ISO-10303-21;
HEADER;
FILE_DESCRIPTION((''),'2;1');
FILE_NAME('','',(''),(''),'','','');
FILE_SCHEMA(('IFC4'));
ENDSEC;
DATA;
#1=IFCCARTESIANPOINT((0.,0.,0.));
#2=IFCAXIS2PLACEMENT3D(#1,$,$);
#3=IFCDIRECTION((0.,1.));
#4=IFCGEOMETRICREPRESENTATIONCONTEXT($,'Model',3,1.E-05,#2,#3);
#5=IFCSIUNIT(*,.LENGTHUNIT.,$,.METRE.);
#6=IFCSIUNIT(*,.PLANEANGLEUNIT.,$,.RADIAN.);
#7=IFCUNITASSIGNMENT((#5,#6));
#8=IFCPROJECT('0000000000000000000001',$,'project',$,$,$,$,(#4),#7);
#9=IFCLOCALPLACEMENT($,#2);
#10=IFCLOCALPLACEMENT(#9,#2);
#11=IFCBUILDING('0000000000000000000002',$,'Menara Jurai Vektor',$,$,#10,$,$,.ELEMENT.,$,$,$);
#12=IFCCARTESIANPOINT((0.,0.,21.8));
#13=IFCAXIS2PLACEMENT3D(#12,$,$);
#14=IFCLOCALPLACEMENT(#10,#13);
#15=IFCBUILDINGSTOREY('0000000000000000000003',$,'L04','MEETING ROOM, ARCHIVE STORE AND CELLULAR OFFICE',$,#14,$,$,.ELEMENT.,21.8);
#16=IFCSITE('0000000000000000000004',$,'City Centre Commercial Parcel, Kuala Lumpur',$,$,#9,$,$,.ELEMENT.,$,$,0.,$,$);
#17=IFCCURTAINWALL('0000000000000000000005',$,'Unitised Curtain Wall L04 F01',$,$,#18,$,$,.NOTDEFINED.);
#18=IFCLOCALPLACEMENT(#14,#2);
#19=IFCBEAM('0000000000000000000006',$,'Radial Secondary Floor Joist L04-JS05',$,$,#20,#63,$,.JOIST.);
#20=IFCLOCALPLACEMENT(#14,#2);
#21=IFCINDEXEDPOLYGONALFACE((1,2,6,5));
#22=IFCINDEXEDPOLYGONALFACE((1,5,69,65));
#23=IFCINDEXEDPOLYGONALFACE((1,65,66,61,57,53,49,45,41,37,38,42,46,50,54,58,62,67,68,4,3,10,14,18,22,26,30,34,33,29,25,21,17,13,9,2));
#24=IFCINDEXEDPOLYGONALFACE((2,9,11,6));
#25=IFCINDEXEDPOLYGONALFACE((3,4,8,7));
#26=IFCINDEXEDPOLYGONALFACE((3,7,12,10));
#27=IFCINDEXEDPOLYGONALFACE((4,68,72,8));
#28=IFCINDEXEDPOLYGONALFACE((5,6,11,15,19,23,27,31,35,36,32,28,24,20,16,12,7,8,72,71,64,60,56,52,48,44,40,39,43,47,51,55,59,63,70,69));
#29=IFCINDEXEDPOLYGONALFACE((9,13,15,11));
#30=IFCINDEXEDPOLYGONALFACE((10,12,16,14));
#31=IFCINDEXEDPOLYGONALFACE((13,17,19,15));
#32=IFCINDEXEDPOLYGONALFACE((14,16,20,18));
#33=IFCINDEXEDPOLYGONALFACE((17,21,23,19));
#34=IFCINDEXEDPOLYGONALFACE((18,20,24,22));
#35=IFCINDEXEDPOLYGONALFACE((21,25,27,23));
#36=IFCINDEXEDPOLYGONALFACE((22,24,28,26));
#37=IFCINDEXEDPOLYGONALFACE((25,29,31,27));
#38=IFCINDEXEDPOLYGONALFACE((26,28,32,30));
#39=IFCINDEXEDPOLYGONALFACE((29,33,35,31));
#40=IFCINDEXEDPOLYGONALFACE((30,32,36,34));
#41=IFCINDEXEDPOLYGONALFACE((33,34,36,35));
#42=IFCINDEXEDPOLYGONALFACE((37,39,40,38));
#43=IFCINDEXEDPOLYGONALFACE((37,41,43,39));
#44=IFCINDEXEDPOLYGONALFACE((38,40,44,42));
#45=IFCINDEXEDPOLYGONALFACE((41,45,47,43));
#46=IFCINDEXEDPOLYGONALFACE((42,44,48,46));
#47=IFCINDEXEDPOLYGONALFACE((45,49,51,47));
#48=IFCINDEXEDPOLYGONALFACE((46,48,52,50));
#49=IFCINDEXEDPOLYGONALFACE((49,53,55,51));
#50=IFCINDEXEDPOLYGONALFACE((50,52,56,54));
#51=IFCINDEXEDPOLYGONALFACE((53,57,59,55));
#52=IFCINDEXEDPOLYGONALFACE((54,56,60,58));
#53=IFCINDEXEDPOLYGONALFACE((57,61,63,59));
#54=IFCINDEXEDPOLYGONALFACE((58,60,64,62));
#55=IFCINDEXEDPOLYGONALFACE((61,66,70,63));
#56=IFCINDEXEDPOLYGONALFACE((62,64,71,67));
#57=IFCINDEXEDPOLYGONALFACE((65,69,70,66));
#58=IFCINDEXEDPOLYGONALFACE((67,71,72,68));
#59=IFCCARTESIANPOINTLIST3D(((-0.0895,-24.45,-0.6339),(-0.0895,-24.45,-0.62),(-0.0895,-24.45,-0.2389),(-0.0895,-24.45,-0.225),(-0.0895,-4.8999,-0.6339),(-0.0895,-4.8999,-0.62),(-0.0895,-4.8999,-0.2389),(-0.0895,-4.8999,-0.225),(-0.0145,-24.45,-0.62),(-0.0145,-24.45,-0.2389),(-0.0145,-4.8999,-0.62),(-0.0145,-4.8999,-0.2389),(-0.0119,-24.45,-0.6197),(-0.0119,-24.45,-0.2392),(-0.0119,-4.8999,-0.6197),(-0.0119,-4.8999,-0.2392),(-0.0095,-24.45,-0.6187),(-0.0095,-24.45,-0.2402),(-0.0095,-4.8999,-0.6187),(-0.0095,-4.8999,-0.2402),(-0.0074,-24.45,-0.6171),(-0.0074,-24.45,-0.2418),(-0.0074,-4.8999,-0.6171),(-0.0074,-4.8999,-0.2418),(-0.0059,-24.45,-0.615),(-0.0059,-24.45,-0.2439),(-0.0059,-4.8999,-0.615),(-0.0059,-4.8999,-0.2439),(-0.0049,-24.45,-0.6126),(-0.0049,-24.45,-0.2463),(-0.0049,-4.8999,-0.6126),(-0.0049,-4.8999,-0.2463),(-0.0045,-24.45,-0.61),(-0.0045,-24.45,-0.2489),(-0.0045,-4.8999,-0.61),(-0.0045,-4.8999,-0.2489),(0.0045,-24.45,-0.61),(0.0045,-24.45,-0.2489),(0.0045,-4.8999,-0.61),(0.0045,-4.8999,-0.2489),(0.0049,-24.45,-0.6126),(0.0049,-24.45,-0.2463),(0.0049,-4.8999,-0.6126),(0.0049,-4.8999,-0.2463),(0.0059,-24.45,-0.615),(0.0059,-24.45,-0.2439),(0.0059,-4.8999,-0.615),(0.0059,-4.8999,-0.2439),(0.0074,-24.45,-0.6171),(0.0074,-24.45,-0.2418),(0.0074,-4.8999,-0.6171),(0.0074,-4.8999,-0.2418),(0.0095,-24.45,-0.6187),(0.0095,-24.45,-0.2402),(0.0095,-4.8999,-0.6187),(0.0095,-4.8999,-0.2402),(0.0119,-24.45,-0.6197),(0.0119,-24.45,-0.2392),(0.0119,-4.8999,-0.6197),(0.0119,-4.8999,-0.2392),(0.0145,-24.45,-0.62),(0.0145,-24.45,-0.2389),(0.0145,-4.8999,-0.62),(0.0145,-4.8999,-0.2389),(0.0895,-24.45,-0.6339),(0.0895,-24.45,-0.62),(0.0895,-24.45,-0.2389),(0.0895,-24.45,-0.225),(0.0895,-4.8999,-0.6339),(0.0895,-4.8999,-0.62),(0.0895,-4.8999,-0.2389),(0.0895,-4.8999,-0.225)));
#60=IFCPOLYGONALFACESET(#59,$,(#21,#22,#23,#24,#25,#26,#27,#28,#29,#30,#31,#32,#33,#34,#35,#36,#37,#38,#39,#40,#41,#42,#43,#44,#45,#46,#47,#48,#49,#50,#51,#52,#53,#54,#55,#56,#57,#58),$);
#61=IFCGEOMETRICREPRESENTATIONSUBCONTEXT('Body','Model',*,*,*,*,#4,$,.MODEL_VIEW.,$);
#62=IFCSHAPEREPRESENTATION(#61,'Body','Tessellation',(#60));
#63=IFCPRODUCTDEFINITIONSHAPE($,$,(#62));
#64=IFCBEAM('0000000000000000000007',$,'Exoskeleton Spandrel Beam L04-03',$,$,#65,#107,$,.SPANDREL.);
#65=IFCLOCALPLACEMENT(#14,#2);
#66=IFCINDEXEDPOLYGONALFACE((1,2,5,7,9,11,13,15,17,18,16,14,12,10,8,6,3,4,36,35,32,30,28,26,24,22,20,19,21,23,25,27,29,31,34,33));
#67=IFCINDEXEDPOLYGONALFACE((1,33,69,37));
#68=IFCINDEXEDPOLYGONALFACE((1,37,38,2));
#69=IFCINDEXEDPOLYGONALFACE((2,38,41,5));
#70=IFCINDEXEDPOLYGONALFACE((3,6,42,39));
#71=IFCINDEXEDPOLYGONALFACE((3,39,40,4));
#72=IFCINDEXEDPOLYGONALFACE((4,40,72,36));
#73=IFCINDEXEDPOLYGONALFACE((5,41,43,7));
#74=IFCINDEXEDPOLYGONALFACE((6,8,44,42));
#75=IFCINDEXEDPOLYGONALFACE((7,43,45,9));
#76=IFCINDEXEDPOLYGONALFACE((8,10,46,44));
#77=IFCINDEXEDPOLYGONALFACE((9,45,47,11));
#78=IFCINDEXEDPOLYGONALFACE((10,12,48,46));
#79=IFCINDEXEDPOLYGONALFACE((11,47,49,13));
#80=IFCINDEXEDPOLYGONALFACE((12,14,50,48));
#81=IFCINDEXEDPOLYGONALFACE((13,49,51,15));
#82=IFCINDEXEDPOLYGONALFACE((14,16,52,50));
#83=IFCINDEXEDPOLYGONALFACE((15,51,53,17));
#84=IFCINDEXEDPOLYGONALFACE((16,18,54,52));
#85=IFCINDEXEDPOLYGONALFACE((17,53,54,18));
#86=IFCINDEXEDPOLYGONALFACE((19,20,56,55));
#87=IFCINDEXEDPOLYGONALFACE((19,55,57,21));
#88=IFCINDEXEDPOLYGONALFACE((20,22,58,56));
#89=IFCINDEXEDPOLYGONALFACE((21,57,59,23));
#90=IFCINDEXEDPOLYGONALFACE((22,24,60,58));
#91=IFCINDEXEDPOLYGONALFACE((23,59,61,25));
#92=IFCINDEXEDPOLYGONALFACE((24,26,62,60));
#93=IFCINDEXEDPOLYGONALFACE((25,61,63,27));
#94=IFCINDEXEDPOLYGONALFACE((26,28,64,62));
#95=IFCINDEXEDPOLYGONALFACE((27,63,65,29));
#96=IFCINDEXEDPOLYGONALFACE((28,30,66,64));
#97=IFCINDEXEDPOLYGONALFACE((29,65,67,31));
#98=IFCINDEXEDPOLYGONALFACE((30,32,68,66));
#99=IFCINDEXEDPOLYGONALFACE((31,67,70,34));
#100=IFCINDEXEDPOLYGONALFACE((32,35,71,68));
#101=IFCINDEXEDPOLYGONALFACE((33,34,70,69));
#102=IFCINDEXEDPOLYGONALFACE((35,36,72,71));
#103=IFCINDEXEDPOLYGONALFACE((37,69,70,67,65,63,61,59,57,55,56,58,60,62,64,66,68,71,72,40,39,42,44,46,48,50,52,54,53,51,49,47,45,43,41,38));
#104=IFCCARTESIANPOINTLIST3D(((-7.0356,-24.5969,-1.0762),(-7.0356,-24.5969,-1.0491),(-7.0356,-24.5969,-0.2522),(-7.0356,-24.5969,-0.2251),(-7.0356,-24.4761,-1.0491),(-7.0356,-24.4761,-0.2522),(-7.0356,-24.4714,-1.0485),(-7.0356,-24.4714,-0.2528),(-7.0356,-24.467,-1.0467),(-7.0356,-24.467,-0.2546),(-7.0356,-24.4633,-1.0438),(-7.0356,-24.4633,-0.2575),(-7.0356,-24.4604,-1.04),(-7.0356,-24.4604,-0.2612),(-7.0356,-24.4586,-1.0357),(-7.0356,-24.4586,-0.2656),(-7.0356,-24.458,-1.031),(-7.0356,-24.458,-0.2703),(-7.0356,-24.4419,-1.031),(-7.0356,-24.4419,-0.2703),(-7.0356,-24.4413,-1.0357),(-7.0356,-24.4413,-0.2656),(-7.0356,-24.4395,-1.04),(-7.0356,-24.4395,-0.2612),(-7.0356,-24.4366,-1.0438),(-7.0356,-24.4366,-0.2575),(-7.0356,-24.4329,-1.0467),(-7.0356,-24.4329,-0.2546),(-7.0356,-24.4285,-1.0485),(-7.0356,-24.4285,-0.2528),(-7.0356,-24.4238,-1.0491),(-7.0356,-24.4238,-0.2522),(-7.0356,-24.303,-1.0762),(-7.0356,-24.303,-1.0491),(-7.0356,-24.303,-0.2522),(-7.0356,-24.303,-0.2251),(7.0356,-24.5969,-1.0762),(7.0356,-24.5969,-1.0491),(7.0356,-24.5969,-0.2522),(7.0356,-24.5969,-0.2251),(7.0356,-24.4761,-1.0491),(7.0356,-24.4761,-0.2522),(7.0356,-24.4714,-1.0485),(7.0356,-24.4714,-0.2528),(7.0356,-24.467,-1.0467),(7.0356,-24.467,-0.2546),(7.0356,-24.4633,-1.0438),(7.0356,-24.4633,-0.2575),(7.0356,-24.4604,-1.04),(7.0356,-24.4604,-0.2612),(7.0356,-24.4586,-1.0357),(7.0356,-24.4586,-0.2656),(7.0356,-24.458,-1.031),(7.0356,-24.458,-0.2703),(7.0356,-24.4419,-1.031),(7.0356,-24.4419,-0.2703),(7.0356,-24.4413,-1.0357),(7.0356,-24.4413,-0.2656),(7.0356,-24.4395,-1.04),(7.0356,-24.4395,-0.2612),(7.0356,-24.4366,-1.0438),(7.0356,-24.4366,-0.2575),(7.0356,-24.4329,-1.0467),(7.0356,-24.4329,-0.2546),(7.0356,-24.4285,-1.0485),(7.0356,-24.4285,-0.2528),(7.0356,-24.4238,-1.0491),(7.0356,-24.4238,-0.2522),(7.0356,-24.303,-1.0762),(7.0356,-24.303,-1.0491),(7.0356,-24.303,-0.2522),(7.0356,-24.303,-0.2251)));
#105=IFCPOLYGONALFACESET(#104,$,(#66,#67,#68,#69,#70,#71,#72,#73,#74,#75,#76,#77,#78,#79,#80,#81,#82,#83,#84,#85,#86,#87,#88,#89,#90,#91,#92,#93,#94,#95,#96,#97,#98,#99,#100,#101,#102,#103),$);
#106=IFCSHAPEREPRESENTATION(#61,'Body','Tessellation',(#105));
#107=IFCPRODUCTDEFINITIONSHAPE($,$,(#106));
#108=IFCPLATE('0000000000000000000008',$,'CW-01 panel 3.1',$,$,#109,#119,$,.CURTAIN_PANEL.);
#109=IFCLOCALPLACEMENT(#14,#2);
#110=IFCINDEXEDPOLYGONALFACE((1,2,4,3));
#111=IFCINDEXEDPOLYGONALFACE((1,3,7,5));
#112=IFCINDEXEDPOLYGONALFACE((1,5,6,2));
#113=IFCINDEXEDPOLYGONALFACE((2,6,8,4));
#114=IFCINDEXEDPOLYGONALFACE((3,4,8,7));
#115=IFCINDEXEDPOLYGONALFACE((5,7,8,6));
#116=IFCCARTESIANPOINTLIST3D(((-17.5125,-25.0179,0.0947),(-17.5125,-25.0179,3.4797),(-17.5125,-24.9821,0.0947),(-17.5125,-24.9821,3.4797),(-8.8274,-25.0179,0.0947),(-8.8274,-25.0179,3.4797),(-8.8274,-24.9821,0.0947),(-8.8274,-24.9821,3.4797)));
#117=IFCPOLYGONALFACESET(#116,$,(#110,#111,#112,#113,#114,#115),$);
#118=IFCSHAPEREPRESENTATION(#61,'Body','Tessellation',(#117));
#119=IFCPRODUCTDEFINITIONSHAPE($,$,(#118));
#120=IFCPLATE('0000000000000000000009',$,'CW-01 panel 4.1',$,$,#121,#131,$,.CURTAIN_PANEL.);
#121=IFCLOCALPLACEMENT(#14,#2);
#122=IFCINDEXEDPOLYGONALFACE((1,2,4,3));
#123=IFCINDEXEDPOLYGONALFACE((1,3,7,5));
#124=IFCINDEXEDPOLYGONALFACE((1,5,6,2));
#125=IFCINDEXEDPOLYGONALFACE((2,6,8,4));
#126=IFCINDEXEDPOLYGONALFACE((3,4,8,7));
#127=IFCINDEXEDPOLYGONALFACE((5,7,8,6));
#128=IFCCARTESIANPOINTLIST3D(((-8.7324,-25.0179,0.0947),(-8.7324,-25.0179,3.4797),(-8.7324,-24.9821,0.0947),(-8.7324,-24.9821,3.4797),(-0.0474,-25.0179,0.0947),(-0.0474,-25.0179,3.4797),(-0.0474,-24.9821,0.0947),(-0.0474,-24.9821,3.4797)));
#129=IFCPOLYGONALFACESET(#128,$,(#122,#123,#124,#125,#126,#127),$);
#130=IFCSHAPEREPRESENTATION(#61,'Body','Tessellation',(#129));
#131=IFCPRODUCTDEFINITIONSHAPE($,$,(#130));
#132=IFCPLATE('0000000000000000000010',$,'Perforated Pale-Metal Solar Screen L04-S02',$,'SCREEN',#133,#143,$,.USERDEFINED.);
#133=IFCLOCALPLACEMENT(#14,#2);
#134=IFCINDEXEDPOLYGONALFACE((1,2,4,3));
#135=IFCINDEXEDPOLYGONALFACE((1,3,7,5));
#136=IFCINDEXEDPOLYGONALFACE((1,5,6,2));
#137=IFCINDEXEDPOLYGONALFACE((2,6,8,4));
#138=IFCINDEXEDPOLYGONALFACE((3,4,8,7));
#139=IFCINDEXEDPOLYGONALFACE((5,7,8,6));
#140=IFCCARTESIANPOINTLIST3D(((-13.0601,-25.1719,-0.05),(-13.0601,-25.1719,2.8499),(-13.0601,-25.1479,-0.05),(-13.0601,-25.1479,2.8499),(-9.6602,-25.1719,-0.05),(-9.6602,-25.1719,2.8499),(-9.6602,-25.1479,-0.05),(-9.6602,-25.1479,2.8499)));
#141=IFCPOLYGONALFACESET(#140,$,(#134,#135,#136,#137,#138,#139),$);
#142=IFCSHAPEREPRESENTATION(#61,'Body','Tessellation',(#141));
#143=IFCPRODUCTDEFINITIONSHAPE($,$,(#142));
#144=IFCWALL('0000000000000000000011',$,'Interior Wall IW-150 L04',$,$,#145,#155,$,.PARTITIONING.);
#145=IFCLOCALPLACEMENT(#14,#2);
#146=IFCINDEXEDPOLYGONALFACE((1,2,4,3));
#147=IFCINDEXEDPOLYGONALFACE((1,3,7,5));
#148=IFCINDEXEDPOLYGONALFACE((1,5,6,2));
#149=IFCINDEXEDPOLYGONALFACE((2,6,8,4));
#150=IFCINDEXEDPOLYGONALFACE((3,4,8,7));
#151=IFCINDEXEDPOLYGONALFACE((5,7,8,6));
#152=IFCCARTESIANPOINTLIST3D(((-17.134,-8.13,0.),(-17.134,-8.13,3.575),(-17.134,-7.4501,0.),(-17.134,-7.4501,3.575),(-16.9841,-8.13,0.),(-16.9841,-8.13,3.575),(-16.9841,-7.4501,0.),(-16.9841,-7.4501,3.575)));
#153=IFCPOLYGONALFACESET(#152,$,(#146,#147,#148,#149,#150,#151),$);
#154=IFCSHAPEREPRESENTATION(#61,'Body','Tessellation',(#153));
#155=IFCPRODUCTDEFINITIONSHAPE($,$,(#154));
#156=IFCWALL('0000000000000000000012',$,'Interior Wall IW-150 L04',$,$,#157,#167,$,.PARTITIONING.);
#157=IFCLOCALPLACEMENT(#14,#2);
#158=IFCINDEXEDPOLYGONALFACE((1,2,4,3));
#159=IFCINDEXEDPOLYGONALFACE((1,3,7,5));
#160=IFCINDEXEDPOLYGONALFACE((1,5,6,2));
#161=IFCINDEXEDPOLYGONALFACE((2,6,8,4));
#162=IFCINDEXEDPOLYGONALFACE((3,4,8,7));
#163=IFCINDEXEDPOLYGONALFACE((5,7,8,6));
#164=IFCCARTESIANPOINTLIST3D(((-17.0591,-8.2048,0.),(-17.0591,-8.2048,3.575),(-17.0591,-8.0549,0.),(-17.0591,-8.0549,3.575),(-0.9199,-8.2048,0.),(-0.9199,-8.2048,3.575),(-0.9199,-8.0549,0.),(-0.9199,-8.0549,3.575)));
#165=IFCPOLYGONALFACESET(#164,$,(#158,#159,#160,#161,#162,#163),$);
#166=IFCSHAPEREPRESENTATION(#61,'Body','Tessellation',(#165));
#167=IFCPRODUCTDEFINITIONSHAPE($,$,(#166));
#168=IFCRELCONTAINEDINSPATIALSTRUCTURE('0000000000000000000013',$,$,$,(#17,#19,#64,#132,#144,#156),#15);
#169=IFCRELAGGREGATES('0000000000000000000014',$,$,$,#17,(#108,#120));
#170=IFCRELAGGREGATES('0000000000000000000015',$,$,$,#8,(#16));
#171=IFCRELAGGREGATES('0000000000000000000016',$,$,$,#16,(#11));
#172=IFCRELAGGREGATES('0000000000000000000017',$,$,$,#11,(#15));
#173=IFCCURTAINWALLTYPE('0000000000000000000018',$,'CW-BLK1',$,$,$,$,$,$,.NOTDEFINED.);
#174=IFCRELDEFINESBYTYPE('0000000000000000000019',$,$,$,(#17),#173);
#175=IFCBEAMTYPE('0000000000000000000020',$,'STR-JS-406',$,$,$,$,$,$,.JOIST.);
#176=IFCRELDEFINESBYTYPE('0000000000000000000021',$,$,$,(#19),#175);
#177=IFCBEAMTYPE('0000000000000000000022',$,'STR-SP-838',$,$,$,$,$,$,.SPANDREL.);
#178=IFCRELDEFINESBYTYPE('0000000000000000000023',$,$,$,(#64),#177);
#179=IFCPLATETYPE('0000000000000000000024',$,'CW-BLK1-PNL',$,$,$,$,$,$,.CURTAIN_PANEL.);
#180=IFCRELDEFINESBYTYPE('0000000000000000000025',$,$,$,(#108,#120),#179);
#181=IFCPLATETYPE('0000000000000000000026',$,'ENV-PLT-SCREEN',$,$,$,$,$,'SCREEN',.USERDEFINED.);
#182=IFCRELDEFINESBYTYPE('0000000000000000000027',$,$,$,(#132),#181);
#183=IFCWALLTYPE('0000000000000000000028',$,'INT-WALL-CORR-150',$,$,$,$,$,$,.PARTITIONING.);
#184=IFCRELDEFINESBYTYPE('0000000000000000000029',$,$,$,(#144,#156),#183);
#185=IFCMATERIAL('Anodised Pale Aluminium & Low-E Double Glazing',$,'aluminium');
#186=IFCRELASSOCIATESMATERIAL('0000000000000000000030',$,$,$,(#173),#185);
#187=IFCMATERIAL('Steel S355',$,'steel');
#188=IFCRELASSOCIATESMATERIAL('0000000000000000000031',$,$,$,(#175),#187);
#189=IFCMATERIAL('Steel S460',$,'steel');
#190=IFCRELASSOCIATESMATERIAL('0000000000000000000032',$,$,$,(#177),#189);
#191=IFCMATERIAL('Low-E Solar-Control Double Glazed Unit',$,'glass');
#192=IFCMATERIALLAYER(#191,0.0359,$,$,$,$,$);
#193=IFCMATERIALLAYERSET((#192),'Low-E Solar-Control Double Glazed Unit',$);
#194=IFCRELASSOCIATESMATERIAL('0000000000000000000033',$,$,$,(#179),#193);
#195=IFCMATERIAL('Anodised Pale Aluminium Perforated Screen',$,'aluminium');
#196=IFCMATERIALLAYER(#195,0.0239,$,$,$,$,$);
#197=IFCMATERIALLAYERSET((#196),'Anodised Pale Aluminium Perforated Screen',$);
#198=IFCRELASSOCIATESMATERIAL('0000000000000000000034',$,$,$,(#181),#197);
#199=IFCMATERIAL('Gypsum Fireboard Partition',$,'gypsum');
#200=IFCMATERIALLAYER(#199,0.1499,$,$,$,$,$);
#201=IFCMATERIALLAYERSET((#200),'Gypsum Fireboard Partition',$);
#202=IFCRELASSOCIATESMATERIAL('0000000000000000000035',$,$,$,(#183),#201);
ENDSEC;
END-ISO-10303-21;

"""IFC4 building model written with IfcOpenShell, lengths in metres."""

from ifc_helpers import new_model, si_unit, direction, frame, frame_2d, origin, origin_2d, place, context, subcontext, project, spatial, rectangle, i_section, extrude, material, layer, layer_set, material_profile, profile_set, type_object, element, aggregate, save


model = new_model("IFC4")

# Units and contexts
model_context = context("Model", 3, precision=1e-05, world=origin(), true_north=direction((0.0, 1.0)))
body_context = subcontext(model_context, "Body", "Model", "MODEL_VIEW")
ifc_project = project(units=[si_unit("LENGTHUNIT", "METRE"), si_unit("PLANEANGLEUNIT", "RADIAN")], contexts=[model_context])

# Site, building, storey
site_placement = place(None, origin())
site = spatial("IfcSite", under=ifc_project, at=site_placement, Name="City Centre Commercial Parcel, Kuala Lumpur", CompositionType="ELEMENT", RefElevation=0.0)
building_placement = place(site_placement, origin())
building = spatial("IfcBuilding", under=site, at=building_placement, Name="Menara Jurai Vektor", CompositionType="ELEMENT")
storey_placement = place(building_placement, frame((0.0, 0.0, 21.8)))
storey = spatial("IfcBuildingStorey", under=building, at=storey_placement, Name="L04", Description="MEETING ROOM, ARCHIVE STORE AND CELLULAR OFFICE", CompositionType="ELEMENT", Elevation=21.8)

# Shared definitions
ifc_material_1 = material(Name="Steel S460", Category="steel")

# Curtain wall
ifc_material_2 = material(Name="Anodised Pale Aluminium & Low-E Double Glazing", Category="aluminium")
curtain_wall_type = type_object("IfcCurtainWallType", Name="CW-BLK1", PredefinedType="NOTDEFINED", material=ifc_material_2)
curtain_wall_placement = place(storey_placement, origin())
curtain_wall = element("IfcCurtainWall", 1, at=curtain_wall_placement, inside=storey, type_object=curtain_wall_type, Name="Unitised Curtain Wall L04 F01", PredefinedType="NOTDEFINED")

# Beams
ifc_material_3 = material(Name="Steel S355", Category="steel")
ifc_material_profile_1 = material_profile(ifc_material_3, i_section(OverallWidth=0.179, OverallDepth=0.4089, WebThickness=0.009, FlangeThickness=0.0139, FilletRadius=0.01, at=origin_2d()), Name="UKB 406x178x67")
ifc_profile_set_1 = profile_set([ifc_material_profile_1], Name="Steel S355")
beam_type_1 = type_object("IfcBeamType", Name="STR-JS-406", PredefinedType="JOIST", material=ifc_profile_set_1)
beam_1_placement = place(storey_placement, frame((0.0, -24.45, -0.4294), z_axis=(0.0, 1.0, 0.0), x_axis=(-1.0, 0.0, 0.0)))
element("IfcBeam", 2, at=beam_1_placement, inside=storey, type_object=beam_type_1, Name="Radial Secondary Floor Joist L04-JS05", PredefinedType="JOIST", context=body_context, shape_type="SweptSolid", body=[
    extrude(i_section(OverallWidth=0.179, OverallDepth=0.4089, WebThickness=0.009, FlangeThickness=0.0139, FilletRadius=0.01, at=origin_2d()), origin(), (0.0, 0.0, 1.0), 19.55),
])
ifc_material_profile_2 = material_profile(ifc_material_1, i_section(OverallWidth=0.2939, OverallDepth=0.8511, WebThickness=0.0161, FlangeThickness=0.0271, FilletRadius=0.0181, at=origin_2d()), Name="UKB 838x292x226")
ifc_profile_set_2 = profile_set([ifc_material_profile_2], Name="Steel S460")
beam_type_2 = type_object("IfcBeamType", Name="STR-SP-838", PredefinedType="SPANDREL", material=ifc_profile_set_2)
beam_2_placement = place(storey_placement, frame((-7.0356, -24.45, -0.6506), z_axis=(1.0, 0.0, 0.0), x_axis=(0.0, 1.0, 0.0)))
element("IfcBeam", 3, at=beam_2_placement, inside=storey, type_object=beam_type_2, Name="Exoskeleton Spandrel Beam L04-03", PredefinedType="SPANDREL", context=body_context, shape_type="SweptSolid", body=[
    extrude(i_section(OverallWidth=0.2939, OverallDepth=0.8511, WebThickness=0.0161, FlangeThickness=0.0271, FilletRadius=0.0181, at=origin_2d()), origin(), (0.0, 0.0, 1.0), 14.0713),
])

# Plates
ifc_material_4 = material(Name="Low-E Solar-Control Double Glazed Unit", Category="glass")
ifc_layer_1 = layer(ifc_material_4, 0.0359)
ifc_layer_set_1 = layer_set([ifc_layer_1], Name="Low-E Solar-Control Double Glazed Unit")
plate_type_1 = type_object("IfcPlateType", Name="CW-BLK1-PNL", PredefinedType="CURTAIN_PANEL", material=ifc_layer_set_1)
plate_1_placement = place(storey_placement, frame((-13.1699, -25.0, 0.0947), z_axis=(0.0, 0.0, 1.0), x_axis=(1.0, 0.0, 0.0)))
plate_1 = element("IfcPlate", 4, at=plate_1_placement, type_object=plate_type_1, Name="CW-01 panel 3.1", PredefinedType="CURTAIN_PANEL", context=body_context, shape_type="SweptSolid", body=[
    extrude(rectangle(XDim=8.6851, YDim=0.0359, at=origin_2d()), origin(), (0.0, 0.0, 1.0), 3.385),
])
plate_2_placement = place(storey_placement, frame((-4.3899, -25.0, 0.0947), z_axis=(0.0, 0.0, 1.0), x_axis=(1.0, 0.0, 0.0)))
plate_2 = element("IfcPlate", 5, at=plate_2_placement, type_object=plate_type_1, Name="CW-01 panel 4.1", PredefinedType="CURTAIN_PANEL", context=body_context, shape_type="SweptSolid", body=[
    extrude(rectangle(XDim=8.6851, YDim=0.0359, at=origin_2d()), origin(), (0.0, 0.0, 1.0), 3.385),
])
aggregate(curtain_wall, [plate_1, plate_2])
ifc_material_5 = material(Name="Anodised Pale Aluminium Perforated Screen", Category="aluminium")
ifc_layer_2 = layer(ifc_material_5, 0.0239)
ifc_layer_set_2 = layer_set([ifc_layer_2], Name="Anodised Pale Aluminium Perforated Screen")
plate_type_2 = type_object("IfcPlateType", Name="ENV-PLT-SCREEN", ElementType="SCREEN", PredefinedType="USERDEFINED", material=ifc_layer_set_2)
plate_3_placement = place(storey_placement, frame((-11.3601, -25.1599, -0.05), z_axis=(0.0, 0.0, 1.0), x_axis=(1.0, 0.0, 0.0)))
element("IfcPlate", 6, at=plate_3_placement, inside=storey, type_object=plate_type_2, Name="Perforated Pale-Metal Solar Screen L04-S02", ObjectType="SCREEN", PredefinedType="USERDEFINED", context=body_context, shape_type="SweptSolid", body=[
    extrude(rectangle(XDim=3.3999, YDim=0.0239, at=origin_2d()), origin(), (0.0, 0.0, 1.0), 2.8999),
])

# Walls
ifc_material_6 = material(Name="Gypsum Fireboard Partition", Category="gypsum")
ifc_layer_3 = layer(ifc_material_6, 0.1499)
ifc_layer_set_3 = layer_set([ifc_layer_3], Name="Gypsum Fireboard Partition")
wall_type_1 = type_object("IfcWallType", Name="INT-WALL-CORR-150", PredefinedType="PARTITIONING", material=ifc_layer_set_3)
wall_1_placement = place(storey_placement, frame((-17.0591, -8.1299, 0.0), z_axis=(0.0, 0.0, 1.0), x_axis=(0.0, 1.0, 0.0)))
element("IfcWall", 7, at=wall_1_placement, inside=storey, type_object=wall_type_1, Name="Interior Wall IW-150 L04", PredefinedType="PARTITIONING", context=body_context, shape_type="SweptSolid", body=[
    extrude(rectangle(XDim=0.6799, YDim=0.1499, at=frame_2d((0.3398, 0.0))), origin(), (0.0, 0.0, 1.0), 3.575),
])
wall_2_placement = place(storey_placement, frame((-17.0591, -8.1299, 0.0), z_axis=(0.0, 0.0, 1.0), x_axis=(1.0, 0.0, 0.0)))
element("IfcWall", 8, at=wall_2_placement, inside=storey, type_object=wall_type_1, Name="Interior Wall IW-150 L04", PredefinedType="PARTITIONING", context=body_context, shape_type="SweptSolid", body=[
    extrude(rectangle(XDim=16.1392, YDim=0.1499, at=frame_2d((8.0696, 0.0))), origin(), (0.0, 0.0, 1.0), 3.575),
])

save(model, "model.ifc")
